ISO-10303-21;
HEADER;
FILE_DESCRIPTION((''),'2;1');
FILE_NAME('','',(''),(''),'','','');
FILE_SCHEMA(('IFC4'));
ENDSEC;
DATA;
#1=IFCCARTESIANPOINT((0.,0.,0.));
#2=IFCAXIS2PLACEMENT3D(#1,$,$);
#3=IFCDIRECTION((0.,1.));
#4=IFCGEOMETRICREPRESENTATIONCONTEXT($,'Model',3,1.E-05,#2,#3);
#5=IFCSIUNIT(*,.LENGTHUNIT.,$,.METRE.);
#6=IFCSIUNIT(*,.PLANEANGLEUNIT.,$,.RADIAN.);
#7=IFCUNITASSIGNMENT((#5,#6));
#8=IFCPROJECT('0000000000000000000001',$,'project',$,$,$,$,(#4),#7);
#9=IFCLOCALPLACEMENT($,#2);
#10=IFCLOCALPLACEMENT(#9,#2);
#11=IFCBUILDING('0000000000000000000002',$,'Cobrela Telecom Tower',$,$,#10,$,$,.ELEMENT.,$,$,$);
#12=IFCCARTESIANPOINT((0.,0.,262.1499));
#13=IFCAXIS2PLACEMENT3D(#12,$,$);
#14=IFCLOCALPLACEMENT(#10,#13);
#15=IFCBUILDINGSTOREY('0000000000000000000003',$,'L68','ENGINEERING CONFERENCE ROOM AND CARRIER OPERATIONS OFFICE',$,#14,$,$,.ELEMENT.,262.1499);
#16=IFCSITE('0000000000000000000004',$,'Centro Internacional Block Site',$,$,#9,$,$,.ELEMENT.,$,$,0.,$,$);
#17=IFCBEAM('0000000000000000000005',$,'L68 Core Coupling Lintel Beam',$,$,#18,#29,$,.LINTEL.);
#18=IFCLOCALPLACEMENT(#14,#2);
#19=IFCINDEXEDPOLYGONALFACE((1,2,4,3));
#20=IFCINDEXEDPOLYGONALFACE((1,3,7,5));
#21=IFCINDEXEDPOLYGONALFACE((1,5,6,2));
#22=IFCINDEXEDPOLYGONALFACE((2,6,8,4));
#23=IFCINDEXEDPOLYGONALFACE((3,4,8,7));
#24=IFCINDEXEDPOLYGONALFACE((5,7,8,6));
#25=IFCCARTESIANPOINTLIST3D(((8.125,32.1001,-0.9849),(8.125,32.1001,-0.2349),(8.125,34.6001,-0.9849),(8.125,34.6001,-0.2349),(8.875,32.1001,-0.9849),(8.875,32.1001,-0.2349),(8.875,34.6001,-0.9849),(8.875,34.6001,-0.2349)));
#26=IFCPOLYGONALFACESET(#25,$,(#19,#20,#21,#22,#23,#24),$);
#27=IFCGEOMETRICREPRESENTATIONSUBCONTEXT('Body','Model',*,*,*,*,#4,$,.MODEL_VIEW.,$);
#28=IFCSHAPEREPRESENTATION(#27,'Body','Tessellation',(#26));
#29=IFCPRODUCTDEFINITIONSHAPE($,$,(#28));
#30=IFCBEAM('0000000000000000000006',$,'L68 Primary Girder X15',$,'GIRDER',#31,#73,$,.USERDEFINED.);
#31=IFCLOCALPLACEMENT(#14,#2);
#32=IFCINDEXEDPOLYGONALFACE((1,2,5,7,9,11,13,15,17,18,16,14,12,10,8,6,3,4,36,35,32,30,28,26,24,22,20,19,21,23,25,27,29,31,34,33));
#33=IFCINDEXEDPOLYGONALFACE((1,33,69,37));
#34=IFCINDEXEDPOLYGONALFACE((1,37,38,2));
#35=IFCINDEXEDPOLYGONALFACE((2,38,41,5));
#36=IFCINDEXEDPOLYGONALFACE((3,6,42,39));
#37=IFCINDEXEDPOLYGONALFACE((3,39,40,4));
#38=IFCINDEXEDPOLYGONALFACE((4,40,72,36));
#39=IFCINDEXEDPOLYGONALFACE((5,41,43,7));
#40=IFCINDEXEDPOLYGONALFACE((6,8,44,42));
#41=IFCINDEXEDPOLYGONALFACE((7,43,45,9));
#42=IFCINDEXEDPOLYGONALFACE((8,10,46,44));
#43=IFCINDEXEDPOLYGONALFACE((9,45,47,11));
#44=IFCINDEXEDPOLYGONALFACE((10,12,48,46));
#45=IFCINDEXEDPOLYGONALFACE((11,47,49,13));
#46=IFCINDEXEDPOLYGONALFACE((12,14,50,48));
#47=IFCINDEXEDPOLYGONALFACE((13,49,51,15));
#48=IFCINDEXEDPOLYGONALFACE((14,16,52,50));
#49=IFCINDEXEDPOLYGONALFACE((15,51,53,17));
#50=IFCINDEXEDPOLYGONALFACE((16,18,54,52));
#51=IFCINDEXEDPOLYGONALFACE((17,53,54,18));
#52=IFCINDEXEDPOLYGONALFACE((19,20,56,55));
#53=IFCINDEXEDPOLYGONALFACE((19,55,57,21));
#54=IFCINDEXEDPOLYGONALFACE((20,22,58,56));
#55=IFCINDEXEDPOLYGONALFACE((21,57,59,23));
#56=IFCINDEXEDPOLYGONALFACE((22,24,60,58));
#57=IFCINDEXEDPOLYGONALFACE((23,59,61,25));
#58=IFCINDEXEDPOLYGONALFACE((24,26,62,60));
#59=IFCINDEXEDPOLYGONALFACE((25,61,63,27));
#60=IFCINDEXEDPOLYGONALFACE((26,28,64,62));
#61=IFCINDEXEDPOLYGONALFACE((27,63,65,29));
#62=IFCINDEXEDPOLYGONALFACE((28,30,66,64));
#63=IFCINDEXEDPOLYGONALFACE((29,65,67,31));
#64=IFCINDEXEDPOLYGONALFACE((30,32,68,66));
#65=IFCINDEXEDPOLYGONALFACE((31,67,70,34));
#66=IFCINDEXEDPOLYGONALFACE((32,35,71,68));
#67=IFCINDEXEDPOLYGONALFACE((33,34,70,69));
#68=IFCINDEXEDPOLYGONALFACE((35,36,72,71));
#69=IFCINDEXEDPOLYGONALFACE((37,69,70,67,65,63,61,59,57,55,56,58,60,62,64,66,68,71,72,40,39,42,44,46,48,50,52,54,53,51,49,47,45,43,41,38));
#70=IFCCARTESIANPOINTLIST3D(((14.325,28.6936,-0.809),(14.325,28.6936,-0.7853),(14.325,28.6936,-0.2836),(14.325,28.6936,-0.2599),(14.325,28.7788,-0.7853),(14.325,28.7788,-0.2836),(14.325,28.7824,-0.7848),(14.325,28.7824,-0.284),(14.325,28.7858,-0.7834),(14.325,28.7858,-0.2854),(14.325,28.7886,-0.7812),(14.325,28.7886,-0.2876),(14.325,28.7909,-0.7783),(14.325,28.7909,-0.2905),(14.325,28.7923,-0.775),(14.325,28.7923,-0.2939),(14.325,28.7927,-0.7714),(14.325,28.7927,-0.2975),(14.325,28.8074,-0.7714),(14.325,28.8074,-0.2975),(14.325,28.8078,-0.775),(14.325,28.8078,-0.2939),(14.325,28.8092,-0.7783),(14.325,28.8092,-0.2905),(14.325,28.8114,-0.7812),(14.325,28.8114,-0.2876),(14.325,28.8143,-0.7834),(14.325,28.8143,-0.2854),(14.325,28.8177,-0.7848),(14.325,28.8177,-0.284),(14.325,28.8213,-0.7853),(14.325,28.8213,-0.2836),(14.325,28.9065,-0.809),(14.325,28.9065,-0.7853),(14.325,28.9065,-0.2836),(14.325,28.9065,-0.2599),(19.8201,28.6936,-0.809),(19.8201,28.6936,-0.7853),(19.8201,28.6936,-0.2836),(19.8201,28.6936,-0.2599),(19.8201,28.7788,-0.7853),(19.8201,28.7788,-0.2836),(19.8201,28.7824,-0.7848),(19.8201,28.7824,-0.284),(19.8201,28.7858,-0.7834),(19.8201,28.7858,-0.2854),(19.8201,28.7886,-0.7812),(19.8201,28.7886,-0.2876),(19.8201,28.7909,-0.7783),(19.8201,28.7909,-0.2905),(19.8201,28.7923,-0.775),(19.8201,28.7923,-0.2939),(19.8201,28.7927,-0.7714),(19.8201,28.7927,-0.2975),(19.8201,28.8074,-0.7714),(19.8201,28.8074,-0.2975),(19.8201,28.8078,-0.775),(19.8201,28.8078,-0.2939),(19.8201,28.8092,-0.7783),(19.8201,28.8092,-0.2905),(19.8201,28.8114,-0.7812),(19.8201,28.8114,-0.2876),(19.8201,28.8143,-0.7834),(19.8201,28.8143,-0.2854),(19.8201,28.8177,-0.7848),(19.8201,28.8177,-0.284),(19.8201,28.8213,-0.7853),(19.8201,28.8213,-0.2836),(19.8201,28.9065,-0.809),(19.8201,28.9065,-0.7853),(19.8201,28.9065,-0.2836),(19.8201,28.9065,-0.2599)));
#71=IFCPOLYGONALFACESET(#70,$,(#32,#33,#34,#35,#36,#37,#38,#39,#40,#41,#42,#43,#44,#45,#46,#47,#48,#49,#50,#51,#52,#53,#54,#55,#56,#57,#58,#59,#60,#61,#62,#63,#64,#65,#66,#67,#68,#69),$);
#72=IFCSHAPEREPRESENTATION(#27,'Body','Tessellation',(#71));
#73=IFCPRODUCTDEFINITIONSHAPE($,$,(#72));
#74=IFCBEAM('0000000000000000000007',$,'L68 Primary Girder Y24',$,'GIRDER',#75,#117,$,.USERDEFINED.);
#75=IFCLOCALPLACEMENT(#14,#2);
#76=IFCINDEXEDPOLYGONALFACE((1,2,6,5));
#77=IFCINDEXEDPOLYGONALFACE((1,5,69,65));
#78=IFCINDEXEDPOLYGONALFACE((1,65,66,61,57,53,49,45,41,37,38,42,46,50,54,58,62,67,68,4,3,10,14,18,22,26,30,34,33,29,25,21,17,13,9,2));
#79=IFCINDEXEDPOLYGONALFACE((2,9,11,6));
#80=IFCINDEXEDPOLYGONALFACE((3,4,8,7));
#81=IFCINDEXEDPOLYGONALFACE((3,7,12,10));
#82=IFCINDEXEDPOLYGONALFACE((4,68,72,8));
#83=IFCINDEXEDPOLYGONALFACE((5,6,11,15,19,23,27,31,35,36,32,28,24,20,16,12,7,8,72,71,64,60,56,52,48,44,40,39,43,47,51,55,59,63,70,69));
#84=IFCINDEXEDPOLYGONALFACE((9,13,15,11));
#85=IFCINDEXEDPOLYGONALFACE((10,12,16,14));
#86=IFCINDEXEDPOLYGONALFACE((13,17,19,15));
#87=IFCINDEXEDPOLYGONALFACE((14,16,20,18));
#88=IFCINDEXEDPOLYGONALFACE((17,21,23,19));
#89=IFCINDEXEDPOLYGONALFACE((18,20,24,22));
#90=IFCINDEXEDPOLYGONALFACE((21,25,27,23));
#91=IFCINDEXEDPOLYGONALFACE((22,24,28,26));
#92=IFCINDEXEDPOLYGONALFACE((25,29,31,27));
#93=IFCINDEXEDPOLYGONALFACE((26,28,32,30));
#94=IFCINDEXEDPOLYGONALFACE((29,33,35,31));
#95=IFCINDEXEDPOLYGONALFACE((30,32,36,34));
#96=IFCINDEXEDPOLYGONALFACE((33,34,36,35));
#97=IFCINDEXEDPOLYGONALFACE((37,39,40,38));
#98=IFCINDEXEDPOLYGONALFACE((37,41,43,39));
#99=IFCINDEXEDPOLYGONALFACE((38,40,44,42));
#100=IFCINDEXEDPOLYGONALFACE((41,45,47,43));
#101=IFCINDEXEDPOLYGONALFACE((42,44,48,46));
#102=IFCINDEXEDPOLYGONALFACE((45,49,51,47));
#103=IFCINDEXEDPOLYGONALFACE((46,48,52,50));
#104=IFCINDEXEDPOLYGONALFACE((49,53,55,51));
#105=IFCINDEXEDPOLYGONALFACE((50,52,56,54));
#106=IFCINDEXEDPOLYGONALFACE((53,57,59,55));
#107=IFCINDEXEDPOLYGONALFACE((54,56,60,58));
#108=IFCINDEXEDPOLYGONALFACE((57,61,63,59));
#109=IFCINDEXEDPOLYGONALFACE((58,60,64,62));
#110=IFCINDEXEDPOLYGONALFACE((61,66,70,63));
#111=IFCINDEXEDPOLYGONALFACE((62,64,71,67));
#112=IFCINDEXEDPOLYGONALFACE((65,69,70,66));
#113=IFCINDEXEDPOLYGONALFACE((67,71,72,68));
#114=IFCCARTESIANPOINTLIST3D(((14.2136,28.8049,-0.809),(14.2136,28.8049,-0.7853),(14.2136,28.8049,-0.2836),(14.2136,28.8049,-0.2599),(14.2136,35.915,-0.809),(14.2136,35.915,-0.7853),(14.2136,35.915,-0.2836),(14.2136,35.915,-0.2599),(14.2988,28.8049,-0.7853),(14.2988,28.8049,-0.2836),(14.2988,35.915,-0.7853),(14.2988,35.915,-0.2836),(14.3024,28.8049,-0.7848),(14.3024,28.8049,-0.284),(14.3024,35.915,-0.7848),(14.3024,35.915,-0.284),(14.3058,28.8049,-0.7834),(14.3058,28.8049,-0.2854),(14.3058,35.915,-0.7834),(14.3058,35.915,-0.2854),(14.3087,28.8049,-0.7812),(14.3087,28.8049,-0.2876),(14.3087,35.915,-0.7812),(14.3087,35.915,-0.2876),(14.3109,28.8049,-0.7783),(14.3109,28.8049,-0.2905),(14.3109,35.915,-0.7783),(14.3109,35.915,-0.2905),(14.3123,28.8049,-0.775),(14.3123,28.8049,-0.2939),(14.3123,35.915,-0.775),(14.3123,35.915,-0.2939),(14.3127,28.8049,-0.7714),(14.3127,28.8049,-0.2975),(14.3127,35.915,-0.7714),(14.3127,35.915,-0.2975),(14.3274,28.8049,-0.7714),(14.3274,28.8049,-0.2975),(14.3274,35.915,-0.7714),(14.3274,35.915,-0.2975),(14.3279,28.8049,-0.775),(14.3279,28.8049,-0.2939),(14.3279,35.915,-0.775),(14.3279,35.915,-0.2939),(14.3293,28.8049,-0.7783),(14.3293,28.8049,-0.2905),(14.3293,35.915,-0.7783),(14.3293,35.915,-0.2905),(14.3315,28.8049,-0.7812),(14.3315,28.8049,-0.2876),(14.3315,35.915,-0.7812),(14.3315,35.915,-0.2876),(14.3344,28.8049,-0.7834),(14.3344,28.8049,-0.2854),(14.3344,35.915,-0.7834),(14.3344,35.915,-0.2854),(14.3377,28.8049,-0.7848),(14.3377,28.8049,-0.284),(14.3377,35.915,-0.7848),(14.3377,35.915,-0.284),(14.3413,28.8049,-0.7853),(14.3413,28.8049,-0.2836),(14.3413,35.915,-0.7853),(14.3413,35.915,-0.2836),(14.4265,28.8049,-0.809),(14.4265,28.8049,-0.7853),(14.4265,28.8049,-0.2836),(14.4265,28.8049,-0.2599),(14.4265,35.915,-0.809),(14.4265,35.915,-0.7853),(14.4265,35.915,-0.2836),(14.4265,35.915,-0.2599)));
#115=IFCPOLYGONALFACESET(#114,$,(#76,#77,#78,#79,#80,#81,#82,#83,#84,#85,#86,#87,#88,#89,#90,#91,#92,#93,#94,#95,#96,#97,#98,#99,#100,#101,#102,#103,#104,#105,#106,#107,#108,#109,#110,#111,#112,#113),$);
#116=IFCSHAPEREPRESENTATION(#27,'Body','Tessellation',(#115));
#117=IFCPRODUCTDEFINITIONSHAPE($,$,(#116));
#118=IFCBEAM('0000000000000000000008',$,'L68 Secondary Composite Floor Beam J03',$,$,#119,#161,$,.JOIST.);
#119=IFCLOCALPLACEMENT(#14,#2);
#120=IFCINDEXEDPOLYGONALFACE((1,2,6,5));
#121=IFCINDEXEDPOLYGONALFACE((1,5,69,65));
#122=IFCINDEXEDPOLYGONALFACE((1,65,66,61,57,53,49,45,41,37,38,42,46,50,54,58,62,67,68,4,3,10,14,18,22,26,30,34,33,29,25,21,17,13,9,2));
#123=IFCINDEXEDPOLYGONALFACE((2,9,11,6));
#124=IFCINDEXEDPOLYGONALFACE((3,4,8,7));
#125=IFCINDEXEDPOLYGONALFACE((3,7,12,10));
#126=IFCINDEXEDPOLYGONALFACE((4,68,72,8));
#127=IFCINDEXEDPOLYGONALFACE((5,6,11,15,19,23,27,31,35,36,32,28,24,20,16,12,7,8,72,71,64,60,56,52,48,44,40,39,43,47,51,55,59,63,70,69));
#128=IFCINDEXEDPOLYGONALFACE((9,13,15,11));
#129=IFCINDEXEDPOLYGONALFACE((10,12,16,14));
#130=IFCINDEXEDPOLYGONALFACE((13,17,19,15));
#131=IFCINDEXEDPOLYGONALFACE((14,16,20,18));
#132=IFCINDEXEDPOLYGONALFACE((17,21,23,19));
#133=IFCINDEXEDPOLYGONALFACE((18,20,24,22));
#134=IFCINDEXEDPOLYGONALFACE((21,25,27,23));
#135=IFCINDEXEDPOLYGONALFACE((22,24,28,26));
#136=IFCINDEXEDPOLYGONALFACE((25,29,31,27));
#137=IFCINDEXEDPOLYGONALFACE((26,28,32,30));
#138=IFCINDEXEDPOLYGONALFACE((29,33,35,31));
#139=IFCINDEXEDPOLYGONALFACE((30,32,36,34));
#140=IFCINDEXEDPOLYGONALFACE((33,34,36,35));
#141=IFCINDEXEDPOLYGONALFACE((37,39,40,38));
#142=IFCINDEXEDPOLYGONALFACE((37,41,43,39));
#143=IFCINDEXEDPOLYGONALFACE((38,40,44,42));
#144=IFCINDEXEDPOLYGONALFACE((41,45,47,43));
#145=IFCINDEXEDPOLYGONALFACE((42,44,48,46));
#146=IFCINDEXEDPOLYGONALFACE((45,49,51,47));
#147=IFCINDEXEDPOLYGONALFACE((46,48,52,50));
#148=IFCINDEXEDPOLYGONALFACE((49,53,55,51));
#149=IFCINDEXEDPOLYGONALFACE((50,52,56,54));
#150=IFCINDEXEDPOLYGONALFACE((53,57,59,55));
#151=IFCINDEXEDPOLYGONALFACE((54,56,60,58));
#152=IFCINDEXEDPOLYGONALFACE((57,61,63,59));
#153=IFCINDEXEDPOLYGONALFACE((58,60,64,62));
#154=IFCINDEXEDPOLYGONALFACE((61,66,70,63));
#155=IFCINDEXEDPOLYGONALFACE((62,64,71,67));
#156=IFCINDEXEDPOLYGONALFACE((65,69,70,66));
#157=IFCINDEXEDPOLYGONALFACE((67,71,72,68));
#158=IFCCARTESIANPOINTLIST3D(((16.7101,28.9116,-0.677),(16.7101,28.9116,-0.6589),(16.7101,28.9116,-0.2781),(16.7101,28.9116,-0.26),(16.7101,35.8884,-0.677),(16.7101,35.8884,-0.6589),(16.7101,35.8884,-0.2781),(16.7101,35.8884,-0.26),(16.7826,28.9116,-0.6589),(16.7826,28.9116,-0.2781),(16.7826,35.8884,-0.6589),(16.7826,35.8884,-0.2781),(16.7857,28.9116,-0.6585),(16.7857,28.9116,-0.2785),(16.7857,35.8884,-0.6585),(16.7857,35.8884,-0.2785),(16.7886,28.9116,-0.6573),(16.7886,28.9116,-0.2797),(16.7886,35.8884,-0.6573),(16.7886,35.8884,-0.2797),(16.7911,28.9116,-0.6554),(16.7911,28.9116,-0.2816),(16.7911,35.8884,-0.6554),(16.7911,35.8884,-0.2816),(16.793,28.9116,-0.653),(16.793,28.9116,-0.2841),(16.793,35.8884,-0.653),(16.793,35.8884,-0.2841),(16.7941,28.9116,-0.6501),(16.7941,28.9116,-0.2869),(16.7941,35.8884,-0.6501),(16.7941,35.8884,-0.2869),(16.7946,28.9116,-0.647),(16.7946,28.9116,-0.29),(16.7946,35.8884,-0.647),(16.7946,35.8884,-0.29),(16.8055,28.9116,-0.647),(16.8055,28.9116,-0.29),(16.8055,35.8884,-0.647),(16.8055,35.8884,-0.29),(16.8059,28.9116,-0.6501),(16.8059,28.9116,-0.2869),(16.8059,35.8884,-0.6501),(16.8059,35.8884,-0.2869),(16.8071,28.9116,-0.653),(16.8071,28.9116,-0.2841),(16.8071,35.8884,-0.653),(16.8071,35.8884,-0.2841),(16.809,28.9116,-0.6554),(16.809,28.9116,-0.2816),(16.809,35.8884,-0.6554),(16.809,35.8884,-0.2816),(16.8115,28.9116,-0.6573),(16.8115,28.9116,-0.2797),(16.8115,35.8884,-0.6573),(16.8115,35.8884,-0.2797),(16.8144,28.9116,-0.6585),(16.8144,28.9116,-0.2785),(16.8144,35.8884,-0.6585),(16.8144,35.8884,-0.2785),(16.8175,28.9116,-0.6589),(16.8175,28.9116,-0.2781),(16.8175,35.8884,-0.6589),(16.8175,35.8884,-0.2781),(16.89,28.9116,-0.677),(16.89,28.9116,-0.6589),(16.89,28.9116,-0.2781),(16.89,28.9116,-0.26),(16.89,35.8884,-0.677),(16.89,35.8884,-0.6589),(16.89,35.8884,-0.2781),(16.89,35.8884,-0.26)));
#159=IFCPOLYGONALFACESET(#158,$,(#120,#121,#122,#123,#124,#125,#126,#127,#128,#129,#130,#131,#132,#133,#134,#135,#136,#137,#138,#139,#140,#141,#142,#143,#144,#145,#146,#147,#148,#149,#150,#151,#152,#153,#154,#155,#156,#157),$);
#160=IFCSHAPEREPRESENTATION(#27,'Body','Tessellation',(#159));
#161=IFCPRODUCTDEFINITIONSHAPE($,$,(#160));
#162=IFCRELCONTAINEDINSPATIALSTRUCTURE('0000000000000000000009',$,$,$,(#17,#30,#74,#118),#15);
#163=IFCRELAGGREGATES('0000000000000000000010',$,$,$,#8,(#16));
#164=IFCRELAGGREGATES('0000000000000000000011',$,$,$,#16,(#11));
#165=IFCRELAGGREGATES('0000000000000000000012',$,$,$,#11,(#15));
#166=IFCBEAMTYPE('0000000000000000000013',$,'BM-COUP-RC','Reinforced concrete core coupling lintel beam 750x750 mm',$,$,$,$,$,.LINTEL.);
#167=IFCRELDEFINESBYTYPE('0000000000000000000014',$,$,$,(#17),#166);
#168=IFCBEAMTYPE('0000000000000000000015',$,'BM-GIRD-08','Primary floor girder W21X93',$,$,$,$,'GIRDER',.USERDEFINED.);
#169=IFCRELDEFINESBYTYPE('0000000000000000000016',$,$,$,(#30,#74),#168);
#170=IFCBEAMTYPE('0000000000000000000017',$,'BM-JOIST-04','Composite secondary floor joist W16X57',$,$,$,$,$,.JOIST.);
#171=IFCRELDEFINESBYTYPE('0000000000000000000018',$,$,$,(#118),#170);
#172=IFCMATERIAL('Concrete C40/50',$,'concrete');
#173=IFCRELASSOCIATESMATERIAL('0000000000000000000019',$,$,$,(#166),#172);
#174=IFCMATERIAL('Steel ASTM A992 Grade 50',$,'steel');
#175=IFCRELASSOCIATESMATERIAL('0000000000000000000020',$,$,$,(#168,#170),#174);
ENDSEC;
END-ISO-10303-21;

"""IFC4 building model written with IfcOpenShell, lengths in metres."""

from ifc_helpers import new_model, si_unit, direction, frame, origin, origin_2d, place, context, subcontext, project, spatial, rectangle, i_section, extrude, material, material_profile, profile_set, type_object, element, save


model = new_model("IFC4")

# Units and contexts
model_context = context("Model", 3, precision=1e-05, world=origin(), true_north=direction((0.0, 1.0)))
body_context = subcontext(model_context, "Body", "Model", "MODEL_VIEW")
ifc_project = project(units=[si_unit("LENGTHUNIT", "METRE"), si_unit("PLANEANGLEUNIT", "RADIAN")], contexts=[model_context])

# Site, building, storey
site_placement = place(None, origin())
site = spatial("IfcSite", under=ifc_project, at=site_placement, Name="Centro Internacional Block Site", CompositionType="ELEMENT", RefElevation=0.0)
building_placement = place(site_placement, origin())
building = spatial("IfcBuilding", under=site, at=building_placement, Name="Cobrela Telecom Tower", CompositionType="ELEMENT")
storey_placement = place(building_placement, frame((0.0, 0.0, 262.1499)))
storey = spatial("IfcBuildingStorey", under=building, at=storey_placement, Name="L68", Description="ENGINEERING CONFERENCE ROOM AND CARRIER OPERATIONS OFFICE", CompositionType="ELEMENT", Elevation=262.1499)

# Beams
ifc_material_1 = material(Name="Concrete C40/50", Category="concrete")
ifc_material_profile_1 = material_profile(ifc_material_1, rectangle(XDim=0.75, YDim=0.75, at=origin_2d()), Name="RC 750x750")
ifc_profile_set_1 = profile_set([ifc_material_profile_1], Name="Concrete C40/50")
beam_type_1 = type_object("IfcBeamType", Name="BM-COUP-RC", Description="Reinforced concrete core coupling lintel beam 750x750 mm", PredefinedType="LINTEL", material=ifc_profile_set_1)
beam_1_placement = place(storey_placement, frame((8.5, 32.1001, -0.6099), z_axis=(0.0, 1.0, 0.0), x_axis=(-1.0, 0.0, 0.0)))
element("IfcBeam", 1, at=beam_1_placement, inside=storey, type_object=beam_type_1, Name="L68 Core Coupling Lintel Beam", PredefinedType="LINTEL", context=body_context, shape_type="SweptSolid", body=[
    extrude(rectangle(XDim=0.75, YDim=0.75, at=origin_2d()), origin(), (0.0, 0.0, 1.0), 2.5),
])
ifc_material_2 = material(Name="Steel ASTM A992 Grade 50", Category="steel")
ifc_material_profile_2 = material_profile(ifc_material_2, i_section(OverallWidth=0.2129, OverallDepth=0.5491, WebThickness=0.0146, FlangeThickness=0.0237, FilletRadius=0.0139, at=origin_2d()), Name="W21X93")
ifc_profile_set_2 = profile_set([ifc_material_profile_2], Name="Steel ASTM A992 Grade 50")
beam_type_2 = type_object("IfcBeamType", Name="BM-GIRD-08", Description="Primary floor girder W21X93", ElementType="GIRDER", PredefinedType="USERDEFINED", material=ifc_profile_set_2)
beam_2_placement = place(storey_placement, frame((14.325, 28.8, -0.5344), z_axis=(1.0, 0.0, 0.0), x_axis=(0.0, 1.0, 0.0)))
element("IfcBeam", 2, at=beam_2_placement, inside=storey, type_object=beam_type_2, Name="L68 Primary Girder X15", ObjectType="GIRDER", PredefinedType="USERDEFINED", context=body_context, shape_type="SweptSolid", body=[
    extrude(i_section(OverallWidth=0.2129, OverallDepth=0.5491, WebThickness=0.0146, FlangeThickness=0.0237, FilletRadius=0.0139, at=origin_2d()), origin(), (0.0, 0.0, 1.0), 5.4951),
])
beam_3_placement = place(storey_placement, frame((14.3201, 28.8049, -0.5344), z_axis=(0.0, 1.0, 0.0), x_axis=(-1.0, 0.0, 0.0)))
element("IfcBeam", 3, at=beam_3_placement, inside=storey, type_object=beam_type_2, Name="L68 Primary Girder Y24", ObjectType="GIRDER", PredefinedType="USERDEFINED", context=body_context, shape_type="SweptSolid", body=[
    extrude(i_section(OverallWidth=0.2129, OverallDepth=0.5491, WebThickness=0.0146, FlangeThickness=0.0237, FilletRadius=0.0139, at=origin_2d()), origin(), (0.0, 0.0, 1.0), 7.1101),
])
ifc_material_profile_3 = material_profile(ifc_material_2, i_section(OverallWidth=0.1799, OverallDepth=0.417, WebThickness=0.011, FlangeThickness=0.0181, FilletRadius=0.012, at=origin_2d()), Name="W16X57")
ifc_profile_set_3 = profile_set([ifc_material_profile_3], Name="Steel ASTM A992 Grade 50")
beam_type_3 = type_object("IfcBeamType", Name="BM-JOIST-04", Description="Composite secondary floor joist W16X57", PredefinedType="JOIST", material=ifc_profile_set_3)
beam_4_placement = place(storey_placement, frame((16.8, 28.9116, -0.4685), z_axis=(0.0, 1.0, 0.0), x_axis=(-1.0, 0.0, 0.0)))
element("IfcBeam", 4, at=beam_4_placement, inside=storey, type_object=beam_type_3, Name="L68 Secondary Composite Floor Beam J03", PredefinedType="JOIST", context=body_context, shape_type="SweptSolid", body=[
    extrude(i_section(OverallWidth=0.1799, OverallDepth=0.417, WebThickness=0.011, FlangeThickness=0.0181, FilletRadius=0.012, at=origin_2d()), origin(), (0.0, 0.0, 1.0), 6.9768),
])

save(model, "model.ifc")
